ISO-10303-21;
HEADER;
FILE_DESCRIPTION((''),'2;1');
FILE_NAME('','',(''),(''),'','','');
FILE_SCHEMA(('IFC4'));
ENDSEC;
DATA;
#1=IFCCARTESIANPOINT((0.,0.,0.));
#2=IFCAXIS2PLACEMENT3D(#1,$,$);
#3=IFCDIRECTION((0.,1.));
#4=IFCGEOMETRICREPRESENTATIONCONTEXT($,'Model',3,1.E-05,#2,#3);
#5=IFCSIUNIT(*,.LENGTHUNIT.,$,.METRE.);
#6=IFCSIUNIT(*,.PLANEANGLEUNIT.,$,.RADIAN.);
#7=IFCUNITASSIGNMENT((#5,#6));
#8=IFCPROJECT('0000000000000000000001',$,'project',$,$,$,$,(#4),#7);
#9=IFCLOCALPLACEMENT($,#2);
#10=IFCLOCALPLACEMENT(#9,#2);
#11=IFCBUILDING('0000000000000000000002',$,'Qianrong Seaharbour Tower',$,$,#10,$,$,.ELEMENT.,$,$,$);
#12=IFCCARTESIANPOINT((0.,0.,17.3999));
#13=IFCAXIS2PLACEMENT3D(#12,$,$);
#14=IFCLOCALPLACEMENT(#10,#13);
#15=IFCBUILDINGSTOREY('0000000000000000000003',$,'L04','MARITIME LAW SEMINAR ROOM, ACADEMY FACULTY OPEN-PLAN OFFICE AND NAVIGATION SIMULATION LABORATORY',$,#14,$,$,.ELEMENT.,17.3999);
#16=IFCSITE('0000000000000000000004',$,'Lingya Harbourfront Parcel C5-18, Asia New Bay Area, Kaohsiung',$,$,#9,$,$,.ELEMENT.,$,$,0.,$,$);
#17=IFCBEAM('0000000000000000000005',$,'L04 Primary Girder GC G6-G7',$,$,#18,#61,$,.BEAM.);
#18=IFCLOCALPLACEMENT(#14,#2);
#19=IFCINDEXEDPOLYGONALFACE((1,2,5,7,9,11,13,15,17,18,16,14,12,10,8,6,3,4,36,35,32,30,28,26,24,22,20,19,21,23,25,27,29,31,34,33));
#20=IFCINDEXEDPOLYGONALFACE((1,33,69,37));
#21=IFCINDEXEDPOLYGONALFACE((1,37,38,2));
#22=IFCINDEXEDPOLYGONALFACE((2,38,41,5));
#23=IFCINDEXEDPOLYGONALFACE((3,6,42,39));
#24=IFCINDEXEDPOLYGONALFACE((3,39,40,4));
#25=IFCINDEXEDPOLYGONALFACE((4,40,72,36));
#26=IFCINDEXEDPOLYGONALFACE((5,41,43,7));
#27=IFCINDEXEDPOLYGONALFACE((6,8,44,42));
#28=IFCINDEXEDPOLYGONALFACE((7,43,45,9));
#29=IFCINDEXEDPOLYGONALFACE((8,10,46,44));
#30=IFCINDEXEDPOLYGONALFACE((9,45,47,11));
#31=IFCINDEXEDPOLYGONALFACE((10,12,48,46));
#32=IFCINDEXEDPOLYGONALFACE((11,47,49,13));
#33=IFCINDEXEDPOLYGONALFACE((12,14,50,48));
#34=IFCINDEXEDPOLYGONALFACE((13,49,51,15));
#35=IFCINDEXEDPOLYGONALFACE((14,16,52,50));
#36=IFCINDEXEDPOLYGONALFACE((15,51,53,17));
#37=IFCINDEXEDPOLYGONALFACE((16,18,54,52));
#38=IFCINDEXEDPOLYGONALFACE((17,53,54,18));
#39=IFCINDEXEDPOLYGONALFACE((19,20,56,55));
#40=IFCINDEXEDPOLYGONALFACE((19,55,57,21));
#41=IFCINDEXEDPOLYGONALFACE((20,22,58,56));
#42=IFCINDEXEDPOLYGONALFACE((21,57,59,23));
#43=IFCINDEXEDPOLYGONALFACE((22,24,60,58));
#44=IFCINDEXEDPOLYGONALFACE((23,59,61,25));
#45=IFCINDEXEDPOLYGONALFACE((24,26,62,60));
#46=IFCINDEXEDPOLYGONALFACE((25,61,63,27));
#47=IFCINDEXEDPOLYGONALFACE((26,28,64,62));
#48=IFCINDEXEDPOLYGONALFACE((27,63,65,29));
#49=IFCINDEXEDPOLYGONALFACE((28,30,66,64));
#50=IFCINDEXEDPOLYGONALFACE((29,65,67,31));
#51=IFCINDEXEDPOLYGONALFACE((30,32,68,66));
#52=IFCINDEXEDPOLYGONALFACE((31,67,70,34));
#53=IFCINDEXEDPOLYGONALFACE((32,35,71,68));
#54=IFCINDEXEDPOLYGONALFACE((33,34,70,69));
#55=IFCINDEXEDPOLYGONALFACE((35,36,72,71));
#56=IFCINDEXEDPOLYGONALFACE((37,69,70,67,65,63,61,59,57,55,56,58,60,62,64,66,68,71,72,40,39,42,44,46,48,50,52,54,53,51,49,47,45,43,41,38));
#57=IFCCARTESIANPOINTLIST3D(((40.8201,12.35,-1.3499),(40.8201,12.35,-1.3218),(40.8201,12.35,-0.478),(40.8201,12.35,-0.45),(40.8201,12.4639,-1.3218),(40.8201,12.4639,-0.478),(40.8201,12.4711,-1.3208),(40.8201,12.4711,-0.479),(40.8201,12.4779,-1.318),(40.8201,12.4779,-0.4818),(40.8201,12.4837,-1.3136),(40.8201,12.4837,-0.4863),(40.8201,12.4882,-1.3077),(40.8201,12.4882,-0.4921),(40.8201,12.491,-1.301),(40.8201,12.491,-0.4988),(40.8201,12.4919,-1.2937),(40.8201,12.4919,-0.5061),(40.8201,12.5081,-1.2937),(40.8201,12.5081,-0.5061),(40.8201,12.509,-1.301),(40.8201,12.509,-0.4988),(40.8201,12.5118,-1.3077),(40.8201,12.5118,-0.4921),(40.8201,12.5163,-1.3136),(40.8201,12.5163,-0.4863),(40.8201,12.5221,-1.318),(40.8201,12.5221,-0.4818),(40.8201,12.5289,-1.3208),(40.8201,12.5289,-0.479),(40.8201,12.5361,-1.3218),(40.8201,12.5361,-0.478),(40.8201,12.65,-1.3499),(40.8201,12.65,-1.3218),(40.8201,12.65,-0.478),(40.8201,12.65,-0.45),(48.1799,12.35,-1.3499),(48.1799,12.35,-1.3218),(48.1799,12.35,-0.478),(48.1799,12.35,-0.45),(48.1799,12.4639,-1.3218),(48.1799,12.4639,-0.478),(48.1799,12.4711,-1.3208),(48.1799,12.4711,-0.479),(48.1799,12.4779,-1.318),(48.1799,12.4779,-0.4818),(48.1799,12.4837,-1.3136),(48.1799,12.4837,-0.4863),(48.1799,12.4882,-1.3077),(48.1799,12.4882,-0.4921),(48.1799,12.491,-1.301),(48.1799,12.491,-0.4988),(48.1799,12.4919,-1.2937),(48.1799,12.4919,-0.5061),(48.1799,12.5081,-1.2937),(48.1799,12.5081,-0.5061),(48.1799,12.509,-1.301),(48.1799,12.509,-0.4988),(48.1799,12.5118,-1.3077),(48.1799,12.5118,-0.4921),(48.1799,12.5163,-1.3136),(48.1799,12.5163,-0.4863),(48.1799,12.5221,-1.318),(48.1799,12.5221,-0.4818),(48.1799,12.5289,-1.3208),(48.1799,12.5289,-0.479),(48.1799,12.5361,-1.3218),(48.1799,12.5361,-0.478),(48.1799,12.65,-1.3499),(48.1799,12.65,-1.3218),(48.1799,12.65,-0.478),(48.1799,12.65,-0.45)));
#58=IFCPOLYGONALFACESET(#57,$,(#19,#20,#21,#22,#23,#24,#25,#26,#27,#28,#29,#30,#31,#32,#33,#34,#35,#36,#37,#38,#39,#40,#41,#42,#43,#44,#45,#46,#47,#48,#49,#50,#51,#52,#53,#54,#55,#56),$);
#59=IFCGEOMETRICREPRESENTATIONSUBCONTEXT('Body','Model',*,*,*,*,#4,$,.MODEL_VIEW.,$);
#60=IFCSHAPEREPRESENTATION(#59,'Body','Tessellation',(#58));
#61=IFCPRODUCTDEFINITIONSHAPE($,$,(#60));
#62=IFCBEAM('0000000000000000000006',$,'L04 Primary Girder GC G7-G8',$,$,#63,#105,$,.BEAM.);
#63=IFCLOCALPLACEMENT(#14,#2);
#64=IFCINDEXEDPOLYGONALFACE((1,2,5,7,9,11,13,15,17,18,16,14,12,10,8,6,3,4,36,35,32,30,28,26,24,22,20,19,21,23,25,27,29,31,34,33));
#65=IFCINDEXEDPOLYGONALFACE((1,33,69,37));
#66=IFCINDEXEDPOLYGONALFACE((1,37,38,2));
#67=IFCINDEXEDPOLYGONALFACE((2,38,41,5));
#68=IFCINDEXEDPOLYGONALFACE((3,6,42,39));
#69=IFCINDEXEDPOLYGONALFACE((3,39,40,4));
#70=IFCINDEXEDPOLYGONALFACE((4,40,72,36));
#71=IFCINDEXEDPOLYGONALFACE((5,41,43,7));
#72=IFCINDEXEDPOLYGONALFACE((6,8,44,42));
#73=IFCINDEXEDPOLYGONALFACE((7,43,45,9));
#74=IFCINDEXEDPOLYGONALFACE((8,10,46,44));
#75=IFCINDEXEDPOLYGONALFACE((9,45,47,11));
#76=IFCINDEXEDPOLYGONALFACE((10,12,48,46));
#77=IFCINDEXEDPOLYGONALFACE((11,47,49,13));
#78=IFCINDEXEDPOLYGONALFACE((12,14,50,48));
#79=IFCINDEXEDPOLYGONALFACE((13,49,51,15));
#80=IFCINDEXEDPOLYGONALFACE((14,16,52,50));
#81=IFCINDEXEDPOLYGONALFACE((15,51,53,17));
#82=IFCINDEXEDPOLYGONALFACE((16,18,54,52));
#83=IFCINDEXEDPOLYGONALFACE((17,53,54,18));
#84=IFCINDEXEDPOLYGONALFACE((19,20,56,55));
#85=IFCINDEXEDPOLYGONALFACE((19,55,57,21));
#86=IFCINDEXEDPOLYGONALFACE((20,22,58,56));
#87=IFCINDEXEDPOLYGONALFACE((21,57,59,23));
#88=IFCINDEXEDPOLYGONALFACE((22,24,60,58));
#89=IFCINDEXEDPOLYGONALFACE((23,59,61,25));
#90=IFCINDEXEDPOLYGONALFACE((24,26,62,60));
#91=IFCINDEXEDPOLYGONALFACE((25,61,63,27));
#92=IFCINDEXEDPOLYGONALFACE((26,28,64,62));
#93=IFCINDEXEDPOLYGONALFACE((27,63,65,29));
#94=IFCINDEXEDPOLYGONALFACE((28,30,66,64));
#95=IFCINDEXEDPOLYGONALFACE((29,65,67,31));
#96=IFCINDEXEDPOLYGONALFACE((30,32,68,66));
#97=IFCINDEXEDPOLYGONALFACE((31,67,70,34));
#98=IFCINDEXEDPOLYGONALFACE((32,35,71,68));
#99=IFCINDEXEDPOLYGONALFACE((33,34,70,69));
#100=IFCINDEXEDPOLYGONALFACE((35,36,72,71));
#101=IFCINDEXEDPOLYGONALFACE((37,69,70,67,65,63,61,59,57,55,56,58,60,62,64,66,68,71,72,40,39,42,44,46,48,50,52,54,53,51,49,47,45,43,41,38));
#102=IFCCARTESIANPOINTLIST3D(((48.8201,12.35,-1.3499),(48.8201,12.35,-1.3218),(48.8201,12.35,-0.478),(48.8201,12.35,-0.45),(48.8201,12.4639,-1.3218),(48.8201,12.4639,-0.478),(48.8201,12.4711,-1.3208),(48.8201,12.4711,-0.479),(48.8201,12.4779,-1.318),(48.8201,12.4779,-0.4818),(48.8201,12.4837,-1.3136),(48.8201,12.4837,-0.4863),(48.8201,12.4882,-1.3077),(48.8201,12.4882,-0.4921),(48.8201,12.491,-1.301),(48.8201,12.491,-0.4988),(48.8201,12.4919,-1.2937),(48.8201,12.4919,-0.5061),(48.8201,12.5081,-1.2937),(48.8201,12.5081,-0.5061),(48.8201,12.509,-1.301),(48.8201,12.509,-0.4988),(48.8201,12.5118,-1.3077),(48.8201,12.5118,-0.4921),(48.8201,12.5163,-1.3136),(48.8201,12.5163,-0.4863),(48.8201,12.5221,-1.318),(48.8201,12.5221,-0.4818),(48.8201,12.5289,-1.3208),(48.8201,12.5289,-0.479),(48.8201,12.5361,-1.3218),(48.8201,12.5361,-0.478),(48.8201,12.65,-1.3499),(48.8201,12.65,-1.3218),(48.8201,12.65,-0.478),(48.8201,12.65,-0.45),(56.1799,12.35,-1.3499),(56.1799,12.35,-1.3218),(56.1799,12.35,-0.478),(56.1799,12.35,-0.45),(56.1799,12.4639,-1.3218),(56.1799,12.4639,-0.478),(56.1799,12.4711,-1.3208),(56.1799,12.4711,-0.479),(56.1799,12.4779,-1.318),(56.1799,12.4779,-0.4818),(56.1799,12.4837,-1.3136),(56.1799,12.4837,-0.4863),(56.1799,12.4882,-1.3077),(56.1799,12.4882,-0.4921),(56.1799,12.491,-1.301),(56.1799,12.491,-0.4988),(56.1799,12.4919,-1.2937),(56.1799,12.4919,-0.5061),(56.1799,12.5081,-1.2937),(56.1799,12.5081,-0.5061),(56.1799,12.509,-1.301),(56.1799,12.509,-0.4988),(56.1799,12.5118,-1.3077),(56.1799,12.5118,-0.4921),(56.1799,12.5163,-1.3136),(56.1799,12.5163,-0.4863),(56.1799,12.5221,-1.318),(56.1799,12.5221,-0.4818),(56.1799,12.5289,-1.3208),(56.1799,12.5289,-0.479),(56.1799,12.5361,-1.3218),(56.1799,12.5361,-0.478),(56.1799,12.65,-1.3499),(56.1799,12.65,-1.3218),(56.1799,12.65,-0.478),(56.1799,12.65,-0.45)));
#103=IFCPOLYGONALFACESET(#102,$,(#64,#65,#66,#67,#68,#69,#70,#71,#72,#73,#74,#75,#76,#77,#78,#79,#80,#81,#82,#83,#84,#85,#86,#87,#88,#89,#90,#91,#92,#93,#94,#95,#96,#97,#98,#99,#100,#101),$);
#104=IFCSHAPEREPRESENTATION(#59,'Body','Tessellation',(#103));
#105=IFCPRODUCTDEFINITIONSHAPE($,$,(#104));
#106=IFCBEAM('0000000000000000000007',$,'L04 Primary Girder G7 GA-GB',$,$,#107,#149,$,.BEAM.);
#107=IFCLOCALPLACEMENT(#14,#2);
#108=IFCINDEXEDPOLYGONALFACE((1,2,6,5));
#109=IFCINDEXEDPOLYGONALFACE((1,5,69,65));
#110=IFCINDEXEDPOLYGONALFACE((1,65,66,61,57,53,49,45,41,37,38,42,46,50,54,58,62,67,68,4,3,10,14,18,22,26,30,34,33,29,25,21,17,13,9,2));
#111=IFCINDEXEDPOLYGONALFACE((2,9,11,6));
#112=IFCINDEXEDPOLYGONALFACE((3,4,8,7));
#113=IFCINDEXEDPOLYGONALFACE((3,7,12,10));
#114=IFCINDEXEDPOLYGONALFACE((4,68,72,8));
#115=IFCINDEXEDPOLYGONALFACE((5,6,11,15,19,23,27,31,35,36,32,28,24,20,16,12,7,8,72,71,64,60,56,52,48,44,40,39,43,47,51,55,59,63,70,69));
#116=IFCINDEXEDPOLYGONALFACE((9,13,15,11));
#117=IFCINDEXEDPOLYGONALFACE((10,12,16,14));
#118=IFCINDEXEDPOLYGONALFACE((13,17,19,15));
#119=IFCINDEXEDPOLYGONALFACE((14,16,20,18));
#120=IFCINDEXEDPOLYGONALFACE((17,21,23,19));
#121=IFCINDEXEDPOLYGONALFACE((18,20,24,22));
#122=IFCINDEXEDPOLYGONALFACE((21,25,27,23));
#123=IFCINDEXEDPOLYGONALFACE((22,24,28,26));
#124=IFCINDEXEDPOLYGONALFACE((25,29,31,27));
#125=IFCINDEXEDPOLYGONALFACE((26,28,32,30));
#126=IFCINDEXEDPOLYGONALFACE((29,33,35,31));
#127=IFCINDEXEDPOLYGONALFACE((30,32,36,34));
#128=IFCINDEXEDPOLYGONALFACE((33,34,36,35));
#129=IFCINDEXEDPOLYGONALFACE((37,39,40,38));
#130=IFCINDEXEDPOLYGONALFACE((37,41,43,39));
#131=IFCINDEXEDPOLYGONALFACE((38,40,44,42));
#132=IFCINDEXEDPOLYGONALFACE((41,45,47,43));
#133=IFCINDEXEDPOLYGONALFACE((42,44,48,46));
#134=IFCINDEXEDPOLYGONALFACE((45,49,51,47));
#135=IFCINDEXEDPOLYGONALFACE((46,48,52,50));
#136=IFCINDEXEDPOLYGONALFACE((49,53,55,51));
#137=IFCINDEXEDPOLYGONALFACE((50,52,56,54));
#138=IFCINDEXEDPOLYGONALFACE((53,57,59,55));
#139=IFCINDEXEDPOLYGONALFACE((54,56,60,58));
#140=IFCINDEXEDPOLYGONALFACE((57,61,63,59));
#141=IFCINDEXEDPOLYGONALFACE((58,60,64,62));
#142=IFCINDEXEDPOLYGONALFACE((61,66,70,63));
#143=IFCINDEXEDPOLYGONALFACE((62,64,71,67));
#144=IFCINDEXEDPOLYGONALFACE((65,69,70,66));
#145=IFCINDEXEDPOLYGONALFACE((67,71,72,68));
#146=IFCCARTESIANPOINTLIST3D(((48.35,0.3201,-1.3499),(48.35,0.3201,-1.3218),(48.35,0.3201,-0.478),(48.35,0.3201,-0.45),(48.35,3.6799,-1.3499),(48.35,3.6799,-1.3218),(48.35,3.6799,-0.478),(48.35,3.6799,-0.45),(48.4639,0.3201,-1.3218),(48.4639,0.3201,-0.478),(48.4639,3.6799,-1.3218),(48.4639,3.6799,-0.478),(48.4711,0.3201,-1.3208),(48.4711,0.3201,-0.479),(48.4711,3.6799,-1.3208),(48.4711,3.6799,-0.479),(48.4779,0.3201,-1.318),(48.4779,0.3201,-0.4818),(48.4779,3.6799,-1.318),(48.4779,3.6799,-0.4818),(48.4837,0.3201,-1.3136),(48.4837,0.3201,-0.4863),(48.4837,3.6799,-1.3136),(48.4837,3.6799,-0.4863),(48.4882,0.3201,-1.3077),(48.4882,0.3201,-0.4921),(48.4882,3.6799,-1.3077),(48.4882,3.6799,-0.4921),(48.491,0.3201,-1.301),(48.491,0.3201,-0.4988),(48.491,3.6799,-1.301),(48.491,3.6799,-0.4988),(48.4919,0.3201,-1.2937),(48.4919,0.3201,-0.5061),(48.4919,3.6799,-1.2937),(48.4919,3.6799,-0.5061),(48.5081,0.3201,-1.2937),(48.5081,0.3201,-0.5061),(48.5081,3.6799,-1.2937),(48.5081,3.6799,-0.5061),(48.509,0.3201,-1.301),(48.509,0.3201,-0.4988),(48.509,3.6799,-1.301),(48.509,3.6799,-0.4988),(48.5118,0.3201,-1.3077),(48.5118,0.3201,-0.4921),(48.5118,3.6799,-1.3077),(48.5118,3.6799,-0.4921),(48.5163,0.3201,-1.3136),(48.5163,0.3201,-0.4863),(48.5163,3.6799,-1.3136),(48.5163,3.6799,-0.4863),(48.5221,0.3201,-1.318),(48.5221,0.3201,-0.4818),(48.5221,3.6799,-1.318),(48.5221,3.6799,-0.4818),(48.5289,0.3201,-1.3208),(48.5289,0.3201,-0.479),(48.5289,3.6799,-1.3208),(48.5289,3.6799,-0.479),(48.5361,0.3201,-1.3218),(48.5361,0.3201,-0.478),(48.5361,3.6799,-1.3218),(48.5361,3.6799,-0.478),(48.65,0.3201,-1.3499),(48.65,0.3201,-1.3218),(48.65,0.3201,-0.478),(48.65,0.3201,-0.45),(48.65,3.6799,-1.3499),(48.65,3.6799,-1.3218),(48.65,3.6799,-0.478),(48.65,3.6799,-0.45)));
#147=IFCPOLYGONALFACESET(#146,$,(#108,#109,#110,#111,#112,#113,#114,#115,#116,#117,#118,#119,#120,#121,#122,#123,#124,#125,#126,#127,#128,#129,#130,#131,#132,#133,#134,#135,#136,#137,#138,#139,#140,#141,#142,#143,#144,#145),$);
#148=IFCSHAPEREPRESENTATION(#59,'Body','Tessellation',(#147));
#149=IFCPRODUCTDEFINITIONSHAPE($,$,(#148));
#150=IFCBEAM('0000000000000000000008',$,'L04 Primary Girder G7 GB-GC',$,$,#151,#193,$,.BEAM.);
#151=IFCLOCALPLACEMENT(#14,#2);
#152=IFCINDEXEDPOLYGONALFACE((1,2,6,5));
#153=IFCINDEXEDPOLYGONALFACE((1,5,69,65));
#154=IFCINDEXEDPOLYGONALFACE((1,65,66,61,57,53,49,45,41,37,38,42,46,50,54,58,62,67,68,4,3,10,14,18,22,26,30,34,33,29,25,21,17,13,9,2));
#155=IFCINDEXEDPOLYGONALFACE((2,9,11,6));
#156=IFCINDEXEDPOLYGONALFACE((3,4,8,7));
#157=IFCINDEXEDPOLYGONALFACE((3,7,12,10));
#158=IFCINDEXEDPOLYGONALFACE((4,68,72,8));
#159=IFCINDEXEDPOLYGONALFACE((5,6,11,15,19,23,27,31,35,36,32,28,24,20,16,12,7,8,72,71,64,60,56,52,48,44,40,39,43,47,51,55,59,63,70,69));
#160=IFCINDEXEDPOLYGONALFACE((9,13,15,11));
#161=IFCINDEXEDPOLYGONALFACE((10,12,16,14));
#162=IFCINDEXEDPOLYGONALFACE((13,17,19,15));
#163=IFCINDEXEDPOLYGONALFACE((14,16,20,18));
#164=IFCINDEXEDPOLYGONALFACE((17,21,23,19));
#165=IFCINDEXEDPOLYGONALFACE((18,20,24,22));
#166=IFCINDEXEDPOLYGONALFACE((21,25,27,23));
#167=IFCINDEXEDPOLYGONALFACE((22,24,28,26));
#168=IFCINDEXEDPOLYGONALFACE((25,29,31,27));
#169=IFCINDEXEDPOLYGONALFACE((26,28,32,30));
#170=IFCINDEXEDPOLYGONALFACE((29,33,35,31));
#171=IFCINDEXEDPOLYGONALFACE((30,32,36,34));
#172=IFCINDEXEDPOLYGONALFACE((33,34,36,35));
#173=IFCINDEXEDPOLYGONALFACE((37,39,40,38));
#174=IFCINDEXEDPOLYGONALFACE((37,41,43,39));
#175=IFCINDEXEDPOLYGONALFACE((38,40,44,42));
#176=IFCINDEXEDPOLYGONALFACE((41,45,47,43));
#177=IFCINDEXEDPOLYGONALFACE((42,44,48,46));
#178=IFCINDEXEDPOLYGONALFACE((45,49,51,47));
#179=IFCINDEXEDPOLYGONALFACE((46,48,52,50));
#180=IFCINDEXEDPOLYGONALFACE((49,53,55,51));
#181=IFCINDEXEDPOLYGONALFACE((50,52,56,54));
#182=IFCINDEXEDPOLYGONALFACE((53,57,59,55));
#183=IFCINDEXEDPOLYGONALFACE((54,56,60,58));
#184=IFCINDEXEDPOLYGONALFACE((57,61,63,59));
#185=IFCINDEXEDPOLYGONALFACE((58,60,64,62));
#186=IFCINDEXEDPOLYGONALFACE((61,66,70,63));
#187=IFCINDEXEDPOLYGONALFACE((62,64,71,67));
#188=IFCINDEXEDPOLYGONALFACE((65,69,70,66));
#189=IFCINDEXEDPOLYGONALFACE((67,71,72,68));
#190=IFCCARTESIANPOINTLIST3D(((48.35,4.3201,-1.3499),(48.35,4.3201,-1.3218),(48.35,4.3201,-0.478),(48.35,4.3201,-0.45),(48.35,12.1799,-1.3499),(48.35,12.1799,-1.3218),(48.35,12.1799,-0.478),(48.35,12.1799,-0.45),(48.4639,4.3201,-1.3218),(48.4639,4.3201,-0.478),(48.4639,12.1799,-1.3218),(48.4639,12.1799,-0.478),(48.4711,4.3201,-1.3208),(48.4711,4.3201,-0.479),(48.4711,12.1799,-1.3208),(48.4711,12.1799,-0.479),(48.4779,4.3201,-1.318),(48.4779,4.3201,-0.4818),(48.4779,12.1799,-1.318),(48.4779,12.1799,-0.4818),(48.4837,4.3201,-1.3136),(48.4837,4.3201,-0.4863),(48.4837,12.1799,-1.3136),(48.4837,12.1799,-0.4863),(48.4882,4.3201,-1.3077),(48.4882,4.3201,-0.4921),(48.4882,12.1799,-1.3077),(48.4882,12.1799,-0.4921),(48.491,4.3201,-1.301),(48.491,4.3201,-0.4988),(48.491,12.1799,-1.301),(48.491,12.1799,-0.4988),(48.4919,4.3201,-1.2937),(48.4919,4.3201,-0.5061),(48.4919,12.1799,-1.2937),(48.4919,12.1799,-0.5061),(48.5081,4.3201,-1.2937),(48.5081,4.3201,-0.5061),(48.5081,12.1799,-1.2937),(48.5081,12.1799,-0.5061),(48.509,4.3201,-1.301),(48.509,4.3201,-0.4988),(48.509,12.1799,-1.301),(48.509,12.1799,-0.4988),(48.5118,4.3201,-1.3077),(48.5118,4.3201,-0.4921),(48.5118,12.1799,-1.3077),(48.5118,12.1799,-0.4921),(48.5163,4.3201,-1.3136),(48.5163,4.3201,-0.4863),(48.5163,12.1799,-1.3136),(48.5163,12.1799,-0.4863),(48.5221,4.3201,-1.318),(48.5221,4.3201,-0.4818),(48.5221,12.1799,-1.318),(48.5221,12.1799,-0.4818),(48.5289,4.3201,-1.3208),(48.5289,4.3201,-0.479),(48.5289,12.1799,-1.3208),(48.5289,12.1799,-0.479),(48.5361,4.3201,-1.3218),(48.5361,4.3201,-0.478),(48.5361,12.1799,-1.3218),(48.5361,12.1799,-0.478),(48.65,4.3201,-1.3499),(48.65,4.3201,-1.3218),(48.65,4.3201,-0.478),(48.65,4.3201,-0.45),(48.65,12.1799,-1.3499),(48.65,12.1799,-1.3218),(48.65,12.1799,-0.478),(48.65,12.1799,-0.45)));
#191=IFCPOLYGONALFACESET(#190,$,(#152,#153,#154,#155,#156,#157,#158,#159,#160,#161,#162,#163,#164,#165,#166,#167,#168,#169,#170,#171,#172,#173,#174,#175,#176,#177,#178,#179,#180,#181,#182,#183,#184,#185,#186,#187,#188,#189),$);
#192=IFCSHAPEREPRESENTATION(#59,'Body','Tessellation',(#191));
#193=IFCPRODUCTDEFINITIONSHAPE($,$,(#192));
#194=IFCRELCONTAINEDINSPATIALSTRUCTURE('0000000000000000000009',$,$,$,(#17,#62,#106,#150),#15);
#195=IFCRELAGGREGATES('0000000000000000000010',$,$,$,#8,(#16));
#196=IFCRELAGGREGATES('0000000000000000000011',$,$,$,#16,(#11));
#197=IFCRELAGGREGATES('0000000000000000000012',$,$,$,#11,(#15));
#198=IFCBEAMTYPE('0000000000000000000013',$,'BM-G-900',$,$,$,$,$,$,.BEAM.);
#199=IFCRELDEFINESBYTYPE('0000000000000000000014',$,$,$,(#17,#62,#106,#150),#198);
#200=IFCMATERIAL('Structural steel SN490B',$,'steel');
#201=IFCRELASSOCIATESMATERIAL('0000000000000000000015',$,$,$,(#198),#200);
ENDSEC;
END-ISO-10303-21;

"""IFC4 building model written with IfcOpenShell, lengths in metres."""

from ifc_helpers import new_model, si_unit, direction, frame, origin, origin_2d, place, context, subcontext, project, spatial, i_section, extrude, material, material_profile, profile_set, type_object, element, save


model = new_model("IFC4")

# Units and contexts
model_context = context("Model", 3, precision=1e-05, world=origin(), true_north=direction((0.0, 1.0)))
body_context = subcontext(model_context, "Body", "Model", "MODEL_VIEW")
ifc_project = project(units=[si_unit("LENGTHUNIT", "METRE"), si_unit("PLANEANGLEUNIT", "RADIAN")], contexts=[model_context])

# Site, building, storey
site_placement = place(None, origin())
site = spatial("IfcSite", under=ifc_project, at=site_placement, Name="Lingya Harbourfront Parcel C5-18, Asia New Bay Area, Kaohsiung", CompositionType="ELEMENT", RefElevation=0.0)
building_placement = place(site_placement, origin())
building = spatial("IfcBuilding", under=site, at=building_placement, Name="Qianrong Seaharbour Tower", CompositionType="ELEMENT")
storey_placement = place(building_placement, frame((0.0, 0.0, 17.3999)))
storey = spatial("IfcBuildingStorey", under=building, at=storey_placement, Name="L04", Description="MARITIME LAW SEMINAR ROOM, ACADEMY FACULTY OPEN-PLAN OFFICE AND NAVIGATION SIMULATION LABORATORY", CompositionType="ELEMENT", Elevation=17.3999)

# Beams
ifc_material_1 = material(Name="Structural steel SN490B", Category="steel")
ifc_material_profile_1 = material_profile(ifc_material_1, i_section(OverallWidth=0.3, OverallDepth=0.8999, WebThickness=0.0161, FlangeThickness=0.0281, FilletRadius=0.0281, at=origin_2d()), Name="H900x300x16x28")
ifc_profile_set_1 = profile_set([ifc_material_profile_1], Name="Structural steel SN490B")
beam_type_1 = type_object("IfcBeamType", Name="BM-G-900", PredefinedType="BEAM", material=ifc_profile_set_1)
for number, where, z_axis, x_axis, name in (
    (1, (40.8201, 12.5, -0.8999), (1.0, 0.0, 0.0), (0.0, 1.0, 0.0), "L04 Primary Girder GC G6-G7"),
    (2, (48.8201, 12.5, -0.8999), (1.0, 0.0, 0.0), (0.0, 1.0, 0.0), "L04 Primary Girder GC G7-G8"),
):
    element("IfcBeam", number, at=place(storey_placement, frame(where, z_axis=z_axis, x_axis=x_axis)), inside=storey, type_object=beam_type_1, Name=name, PredefinedType="BEAM", context=body_context, shape_type="SweptSolid", body=[
        extrude(i_section(OverallWidth=0.3, OverallDepth=0.8999, WebThickness=0.0161, FlangeThickness=0.0281, FilletRadius=0.0281, at=origin_2d()), origin(), (0.0, 0.0, 1.0), 7.3599),
    ])
beam_1_placement = place(storey_placement, frame((48.5, 0.3201, -0.8999), z_axis=(0.0, 1.0, 0.0), x_axis=(-1.0, 0.0, 0.0)))
element("IfcBeam", 3, at=beam_1_placement, inside=storey, type_object=beam_type_1, Name="L04 Primary Girder G7 GA-GB", PredefinedType="BEAM", context=body_context, shape_type="SweptSolid", body=[
    extrude(i_section(OverallWidth=0.3, OverallDepth=0.8999, WebThickness=0.0161, FlangeThickness=0.0281, FilletRadius=0.0281, at=origin_2d()), origin(), (0.0, 0.0, 1.0), 3.3599),
])
beam_2_placement = place(storey_placement, frame((48.5, 4.3201, -0.8999), z_axis=(0.0, 1.0, 0.0), x_axis=(-1.0, 0.0, 0.0)))
element("IfcBeam", 4, at=beam_2_placement, inside=storey, type_object=beam_type_1, Name="L04 Primary Girder G7 GB-GC", PredefinedType="BEAM", context=body_context, shape_type="SweptSolid", body=[
    extrude(i_section(OverallWidth=0.3, OverallDepth=0.8999, WebThickness=0.0161, FlangeThickness=0.0281, FilletRadius=0.0281, at=origin_2d()), origin(), (0.0, 0.0, 1.0), 7.8599),
])

save(model, "model.ifc")
